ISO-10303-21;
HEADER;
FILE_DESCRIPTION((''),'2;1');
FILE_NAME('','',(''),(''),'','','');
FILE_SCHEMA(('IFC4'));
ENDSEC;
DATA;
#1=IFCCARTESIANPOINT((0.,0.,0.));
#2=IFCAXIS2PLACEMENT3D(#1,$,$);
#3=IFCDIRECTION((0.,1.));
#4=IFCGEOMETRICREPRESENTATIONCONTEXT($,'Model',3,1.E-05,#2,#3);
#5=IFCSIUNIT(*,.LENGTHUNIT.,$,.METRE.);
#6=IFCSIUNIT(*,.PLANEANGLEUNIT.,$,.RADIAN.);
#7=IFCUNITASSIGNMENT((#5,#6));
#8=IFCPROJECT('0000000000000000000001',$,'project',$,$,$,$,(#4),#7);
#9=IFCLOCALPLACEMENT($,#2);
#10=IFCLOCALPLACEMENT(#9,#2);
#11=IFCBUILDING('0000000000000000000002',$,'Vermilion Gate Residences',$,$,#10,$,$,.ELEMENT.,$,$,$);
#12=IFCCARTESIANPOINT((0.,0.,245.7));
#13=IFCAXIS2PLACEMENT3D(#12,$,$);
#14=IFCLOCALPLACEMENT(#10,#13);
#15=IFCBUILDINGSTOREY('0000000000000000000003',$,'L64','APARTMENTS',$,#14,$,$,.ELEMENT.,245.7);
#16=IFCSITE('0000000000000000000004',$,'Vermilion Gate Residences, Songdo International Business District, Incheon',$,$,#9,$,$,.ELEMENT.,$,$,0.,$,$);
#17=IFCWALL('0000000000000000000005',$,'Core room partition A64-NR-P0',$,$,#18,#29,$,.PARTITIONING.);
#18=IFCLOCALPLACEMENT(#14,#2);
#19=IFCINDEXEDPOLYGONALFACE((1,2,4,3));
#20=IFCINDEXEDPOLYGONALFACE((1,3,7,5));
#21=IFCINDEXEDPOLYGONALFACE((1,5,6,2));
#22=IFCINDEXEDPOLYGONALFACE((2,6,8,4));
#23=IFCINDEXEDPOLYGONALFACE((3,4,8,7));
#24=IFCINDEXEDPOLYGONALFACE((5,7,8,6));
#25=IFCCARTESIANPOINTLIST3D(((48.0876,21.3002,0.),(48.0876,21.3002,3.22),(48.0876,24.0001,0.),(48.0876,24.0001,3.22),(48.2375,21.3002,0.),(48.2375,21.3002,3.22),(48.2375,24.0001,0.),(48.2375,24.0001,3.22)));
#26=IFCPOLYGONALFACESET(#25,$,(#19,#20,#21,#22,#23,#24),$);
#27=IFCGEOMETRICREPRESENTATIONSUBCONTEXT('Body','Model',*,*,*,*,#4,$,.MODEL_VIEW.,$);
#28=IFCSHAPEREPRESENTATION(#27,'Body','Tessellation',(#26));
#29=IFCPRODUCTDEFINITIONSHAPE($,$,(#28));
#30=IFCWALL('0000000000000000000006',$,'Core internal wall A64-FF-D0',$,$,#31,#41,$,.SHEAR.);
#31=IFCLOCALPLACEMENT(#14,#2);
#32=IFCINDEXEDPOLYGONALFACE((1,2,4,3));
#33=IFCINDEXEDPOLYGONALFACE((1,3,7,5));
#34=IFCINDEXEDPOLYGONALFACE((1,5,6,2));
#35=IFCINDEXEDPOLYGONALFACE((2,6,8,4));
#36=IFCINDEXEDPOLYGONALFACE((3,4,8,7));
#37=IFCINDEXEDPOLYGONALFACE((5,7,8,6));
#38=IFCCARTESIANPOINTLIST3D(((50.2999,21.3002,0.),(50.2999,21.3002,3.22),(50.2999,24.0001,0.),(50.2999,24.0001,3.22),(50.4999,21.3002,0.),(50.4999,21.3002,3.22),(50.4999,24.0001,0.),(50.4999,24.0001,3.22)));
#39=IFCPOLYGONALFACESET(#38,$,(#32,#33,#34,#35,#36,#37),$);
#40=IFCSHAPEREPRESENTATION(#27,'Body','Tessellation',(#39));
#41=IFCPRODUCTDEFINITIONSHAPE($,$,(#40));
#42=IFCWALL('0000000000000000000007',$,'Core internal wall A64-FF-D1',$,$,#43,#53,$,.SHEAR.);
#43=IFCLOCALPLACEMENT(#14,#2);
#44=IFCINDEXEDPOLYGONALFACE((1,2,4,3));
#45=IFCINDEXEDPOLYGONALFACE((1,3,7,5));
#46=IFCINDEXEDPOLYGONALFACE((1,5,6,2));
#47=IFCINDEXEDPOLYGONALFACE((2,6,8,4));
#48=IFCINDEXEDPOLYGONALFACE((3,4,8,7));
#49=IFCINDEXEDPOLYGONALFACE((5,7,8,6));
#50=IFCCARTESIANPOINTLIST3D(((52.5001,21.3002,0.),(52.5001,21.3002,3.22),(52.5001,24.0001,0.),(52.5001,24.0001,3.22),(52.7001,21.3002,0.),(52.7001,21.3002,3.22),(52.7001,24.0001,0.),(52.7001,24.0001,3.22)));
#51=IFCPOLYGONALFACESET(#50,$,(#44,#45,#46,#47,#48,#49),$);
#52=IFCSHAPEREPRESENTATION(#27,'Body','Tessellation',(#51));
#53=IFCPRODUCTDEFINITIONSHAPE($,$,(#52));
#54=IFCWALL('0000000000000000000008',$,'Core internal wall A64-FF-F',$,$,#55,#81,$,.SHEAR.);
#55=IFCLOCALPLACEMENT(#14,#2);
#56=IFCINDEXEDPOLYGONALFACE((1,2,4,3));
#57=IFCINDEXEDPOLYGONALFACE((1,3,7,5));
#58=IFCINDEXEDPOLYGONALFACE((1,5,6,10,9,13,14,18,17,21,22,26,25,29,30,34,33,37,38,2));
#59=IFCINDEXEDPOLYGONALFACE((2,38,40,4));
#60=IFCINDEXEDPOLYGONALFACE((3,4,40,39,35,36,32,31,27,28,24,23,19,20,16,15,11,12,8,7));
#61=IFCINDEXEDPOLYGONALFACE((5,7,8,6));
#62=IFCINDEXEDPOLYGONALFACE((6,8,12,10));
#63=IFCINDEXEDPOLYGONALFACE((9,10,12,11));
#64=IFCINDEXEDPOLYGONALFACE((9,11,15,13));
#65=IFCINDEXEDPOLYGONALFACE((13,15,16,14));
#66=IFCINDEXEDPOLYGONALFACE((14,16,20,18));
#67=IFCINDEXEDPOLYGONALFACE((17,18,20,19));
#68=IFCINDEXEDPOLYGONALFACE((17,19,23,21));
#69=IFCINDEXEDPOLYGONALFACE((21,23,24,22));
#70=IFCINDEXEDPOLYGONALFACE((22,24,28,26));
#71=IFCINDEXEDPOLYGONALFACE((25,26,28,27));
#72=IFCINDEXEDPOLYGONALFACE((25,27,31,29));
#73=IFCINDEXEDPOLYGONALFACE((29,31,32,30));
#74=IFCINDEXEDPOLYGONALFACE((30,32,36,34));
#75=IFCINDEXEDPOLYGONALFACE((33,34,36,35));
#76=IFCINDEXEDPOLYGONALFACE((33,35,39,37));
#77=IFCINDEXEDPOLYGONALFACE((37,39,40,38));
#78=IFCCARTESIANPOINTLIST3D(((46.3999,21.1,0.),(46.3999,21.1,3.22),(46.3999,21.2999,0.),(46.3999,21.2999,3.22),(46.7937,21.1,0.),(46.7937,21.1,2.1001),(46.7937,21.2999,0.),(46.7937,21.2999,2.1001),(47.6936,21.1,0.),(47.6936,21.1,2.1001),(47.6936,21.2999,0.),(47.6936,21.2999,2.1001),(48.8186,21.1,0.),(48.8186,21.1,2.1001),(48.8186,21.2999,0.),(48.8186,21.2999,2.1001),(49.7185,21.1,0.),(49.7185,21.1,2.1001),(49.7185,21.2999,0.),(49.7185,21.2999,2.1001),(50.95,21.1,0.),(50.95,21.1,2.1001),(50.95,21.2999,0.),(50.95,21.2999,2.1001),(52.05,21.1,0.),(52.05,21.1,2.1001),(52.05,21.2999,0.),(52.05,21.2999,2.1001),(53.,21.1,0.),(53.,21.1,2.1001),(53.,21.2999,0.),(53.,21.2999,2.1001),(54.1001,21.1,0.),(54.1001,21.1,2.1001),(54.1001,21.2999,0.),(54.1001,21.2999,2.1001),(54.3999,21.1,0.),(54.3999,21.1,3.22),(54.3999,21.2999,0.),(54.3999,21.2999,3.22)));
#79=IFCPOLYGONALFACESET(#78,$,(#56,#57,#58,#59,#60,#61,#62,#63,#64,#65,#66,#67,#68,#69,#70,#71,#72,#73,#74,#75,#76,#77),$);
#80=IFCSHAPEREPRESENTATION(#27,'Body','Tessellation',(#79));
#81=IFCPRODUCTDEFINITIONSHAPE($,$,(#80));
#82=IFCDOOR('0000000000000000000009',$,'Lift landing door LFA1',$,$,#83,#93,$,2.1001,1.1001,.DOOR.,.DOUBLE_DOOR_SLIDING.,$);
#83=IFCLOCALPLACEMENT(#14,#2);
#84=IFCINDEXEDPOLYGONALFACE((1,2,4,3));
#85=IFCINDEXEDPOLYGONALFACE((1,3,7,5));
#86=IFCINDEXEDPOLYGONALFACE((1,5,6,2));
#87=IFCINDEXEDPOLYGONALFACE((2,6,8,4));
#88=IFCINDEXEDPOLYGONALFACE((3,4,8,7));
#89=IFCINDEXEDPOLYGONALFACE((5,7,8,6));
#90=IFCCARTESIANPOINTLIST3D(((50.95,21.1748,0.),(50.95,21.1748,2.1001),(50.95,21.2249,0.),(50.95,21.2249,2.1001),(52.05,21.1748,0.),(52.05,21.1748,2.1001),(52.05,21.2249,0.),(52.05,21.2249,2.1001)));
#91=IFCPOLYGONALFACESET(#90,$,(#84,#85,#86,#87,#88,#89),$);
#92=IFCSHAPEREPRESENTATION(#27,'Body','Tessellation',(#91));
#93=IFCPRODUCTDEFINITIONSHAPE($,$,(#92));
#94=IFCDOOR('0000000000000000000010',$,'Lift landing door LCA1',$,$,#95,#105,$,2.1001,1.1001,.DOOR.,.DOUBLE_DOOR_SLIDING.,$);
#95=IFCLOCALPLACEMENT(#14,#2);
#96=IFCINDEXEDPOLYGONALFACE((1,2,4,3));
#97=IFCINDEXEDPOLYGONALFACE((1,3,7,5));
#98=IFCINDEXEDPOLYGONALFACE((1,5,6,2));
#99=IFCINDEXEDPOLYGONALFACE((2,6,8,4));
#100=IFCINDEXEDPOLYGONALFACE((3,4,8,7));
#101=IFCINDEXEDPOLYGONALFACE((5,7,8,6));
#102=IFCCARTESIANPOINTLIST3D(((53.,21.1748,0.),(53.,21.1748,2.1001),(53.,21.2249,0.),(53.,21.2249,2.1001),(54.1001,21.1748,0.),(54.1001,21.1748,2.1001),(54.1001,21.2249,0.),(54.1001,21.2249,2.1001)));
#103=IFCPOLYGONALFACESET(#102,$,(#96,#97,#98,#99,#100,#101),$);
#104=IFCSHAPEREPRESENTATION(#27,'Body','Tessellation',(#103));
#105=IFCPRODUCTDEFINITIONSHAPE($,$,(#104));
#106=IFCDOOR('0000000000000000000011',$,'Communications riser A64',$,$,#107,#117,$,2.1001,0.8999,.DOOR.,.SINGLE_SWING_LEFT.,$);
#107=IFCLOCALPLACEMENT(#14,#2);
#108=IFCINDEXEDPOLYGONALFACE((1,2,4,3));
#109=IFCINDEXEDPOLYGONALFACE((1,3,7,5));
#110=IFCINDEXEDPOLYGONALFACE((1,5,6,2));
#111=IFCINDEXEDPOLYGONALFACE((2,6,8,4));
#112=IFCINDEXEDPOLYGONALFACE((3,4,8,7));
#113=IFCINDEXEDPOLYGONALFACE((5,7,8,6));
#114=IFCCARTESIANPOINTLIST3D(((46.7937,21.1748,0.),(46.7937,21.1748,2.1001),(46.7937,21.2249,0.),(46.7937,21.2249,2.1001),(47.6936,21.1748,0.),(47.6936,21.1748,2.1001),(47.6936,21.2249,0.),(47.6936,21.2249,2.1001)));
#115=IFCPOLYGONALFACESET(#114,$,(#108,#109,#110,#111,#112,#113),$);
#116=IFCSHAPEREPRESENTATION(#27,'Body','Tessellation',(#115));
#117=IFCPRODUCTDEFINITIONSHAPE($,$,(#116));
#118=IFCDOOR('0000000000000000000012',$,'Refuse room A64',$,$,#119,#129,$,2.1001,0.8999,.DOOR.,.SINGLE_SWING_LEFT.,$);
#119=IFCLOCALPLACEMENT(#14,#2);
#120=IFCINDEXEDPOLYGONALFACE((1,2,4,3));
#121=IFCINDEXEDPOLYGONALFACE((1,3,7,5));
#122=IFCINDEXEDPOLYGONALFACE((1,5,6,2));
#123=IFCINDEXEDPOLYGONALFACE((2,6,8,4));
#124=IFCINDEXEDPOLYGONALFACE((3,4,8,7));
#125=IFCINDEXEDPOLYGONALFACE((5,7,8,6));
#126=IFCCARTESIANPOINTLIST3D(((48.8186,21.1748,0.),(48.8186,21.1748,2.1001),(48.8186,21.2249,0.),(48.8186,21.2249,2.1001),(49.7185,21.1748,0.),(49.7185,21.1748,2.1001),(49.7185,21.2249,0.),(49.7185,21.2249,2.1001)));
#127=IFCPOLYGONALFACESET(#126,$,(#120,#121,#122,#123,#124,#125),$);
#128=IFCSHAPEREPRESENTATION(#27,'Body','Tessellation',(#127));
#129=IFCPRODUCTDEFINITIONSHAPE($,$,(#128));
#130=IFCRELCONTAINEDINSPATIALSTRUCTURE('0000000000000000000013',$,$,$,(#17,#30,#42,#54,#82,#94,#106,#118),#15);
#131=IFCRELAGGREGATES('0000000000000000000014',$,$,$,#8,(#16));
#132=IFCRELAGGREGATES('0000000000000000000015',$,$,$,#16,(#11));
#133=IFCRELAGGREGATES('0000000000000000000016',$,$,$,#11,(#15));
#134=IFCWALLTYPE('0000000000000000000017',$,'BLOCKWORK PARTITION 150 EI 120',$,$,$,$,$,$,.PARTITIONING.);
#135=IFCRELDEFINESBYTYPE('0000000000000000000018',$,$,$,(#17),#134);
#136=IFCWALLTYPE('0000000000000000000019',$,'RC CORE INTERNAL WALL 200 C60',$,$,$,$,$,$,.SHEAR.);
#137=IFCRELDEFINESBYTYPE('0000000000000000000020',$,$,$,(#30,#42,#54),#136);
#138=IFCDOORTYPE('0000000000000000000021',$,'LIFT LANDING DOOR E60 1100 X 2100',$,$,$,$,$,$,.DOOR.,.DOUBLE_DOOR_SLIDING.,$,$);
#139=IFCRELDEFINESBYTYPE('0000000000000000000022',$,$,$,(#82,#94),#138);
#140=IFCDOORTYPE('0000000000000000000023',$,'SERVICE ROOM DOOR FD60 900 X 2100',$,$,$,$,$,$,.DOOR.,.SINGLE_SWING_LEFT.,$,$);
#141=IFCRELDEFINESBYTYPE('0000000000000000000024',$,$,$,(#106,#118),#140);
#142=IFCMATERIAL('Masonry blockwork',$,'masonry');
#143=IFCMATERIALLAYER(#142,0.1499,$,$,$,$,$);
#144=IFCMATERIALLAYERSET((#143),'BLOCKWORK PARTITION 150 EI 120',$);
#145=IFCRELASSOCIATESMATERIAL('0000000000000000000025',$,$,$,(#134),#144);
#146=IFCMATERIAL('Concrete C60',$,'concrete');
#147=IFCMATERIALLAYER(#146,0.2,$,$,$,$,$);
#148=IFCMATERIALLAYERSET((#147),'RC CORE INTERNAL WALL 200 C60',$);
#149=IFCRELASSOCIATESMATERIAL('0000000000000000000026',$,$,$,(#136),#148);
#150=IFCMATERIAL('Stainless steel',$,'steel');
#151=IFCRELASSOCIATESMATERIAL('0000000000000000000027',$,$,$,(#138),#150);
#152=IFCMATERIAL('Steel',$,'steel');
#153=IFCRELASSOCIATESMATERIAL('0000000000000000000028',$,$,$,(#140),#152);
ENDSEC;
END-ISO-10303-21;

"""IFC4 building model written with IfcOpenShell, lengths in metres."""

from ifc_helpers import new_model, si_unit, direction, frame, frame_2d, origin, place, context, subcontext, project, spatial, rectangle, extrude, material, layer, layer_set, type_object, element, fill, save


model = new_model("IFC4")

# Units and contexts
model_context = context("Model", 3, precision=1e-05, world=origin(), true_north=direction((0.0, 1.0)))
body_context = subcontext(model_context, "Body", "Model", "MODEL_VIEW")
ifc_project = project(units=[si_unit("LENGTHUNIT", "METRE"), si_unit("PLANEANGLEUNIT", "RADIAN")], contexts=[model_context])

# Site, building, storey
site_placement = place(None, origin())
site = spatial("IfcSite", under=ifc_project, at=site_placement, Name="Vermilion Gate Residences, Songdo International Business District, Incheon", CompositionType="ELEMENT", RefElevation=0.0)
building_placement = place(site_placement, origin())
building = spatial("IfcBuilding", under=site, at=building_placement, Name="Vermilion Gate Residences", CompositionType="ELEMENT")
storey_placement = place(building_placement, frame((0.0, 0.0, 245.7)))
storey = spatial("IfcBuildingStorey", under=building, at=storey_placement, Name="L64", Description="APARTMENTS", CompositionType="ELEMENT", Elevation=245.7)

# Walls
ifc_material_1 = material(Name="Masonry blockwork", Category="masonry")
ifc_layer_1 = layer(ifc_material_1, 0.1499)
ifc_layer_set_1 = layer_set([ifc_layer_1], Name="BLOCKWORK PARTITION 150 EI 120")
wall_type_1 = type_object("IfcWallType", Name="BLOCKWORK PARTITION 150 EI 120", PredefinedType="PARTITIONING", material=ifc_layer_set_1)
wall_1_placement = place(storey_placement, frame((48.1626, 21.3, 0.0), z_axis=(0.0, 0.0, 1.0), x_axis=(0.0, 1.0, 0.0)))
element("IfcWall", 1, at=wall_1_placement, inside=storey, type_object=wall_type_1, Name="Core room partition A64-NR-P0", PredefinedType="PARTITIONING", context=body_context, shape_type="SweptSolid", body=[
    extrude(rectangle(XDim=2.7, YDim=0.1499, at=frame_2d((1.3501, 0.0))), origin(), (0.0, 0.0, 1.0), 3.22),
])
ifc_material_2 = material(Name="Concrete C60", Category="concrete")
ifc_layer_2 = layer(ifc_material_2, 0.2)
ifc_layer_set_2 = layer_set([ifc_layer_2], Name="RC CORE INTERNAL WALL 200 C60")
wall_type_2 = type_object("IfcWallType", Name="RC CORE INTERNAL WALL 200 C60", PredefinedType="SHEAR", material=ifc_layer_set_2)
for number, where, z_axis, x_axis, name in (
    (2, (50.3999, 21.3, 0.0), (0.0, 0.0, 1.0), (0.0, 1.0, 0.0), "Core internal wall A64-FF-D0"),
    (3, (52.6001, 21.3, 0.0), (0.0, 0.0, 1.0), (0.0, 1.0, 0.0), "Core internal wall A64-FF-D1"),
):
    element("IfcWall", number, at=place(storey_placement, frame(where, z_axis=z_axis, x_axis=x_axis)), inside=storey, type_object=wall_type_2, Name=name, PredefinedType="SHEAR", context=body_context, shape_type="SweptSolid", body=[
        extrude(rectangle(XDim=2.7, YDim=0.2, at=frame_2d((1.3501, 0.0))), origin(), (0.0, 0.0, 1.0), 3.22),
    ])

# Wall, openings, doors
wall_2_placement = place(storey_placement, frame((46.3999, 21.2, 0.0), z_axis=(0.0, 0.0, 1.0), x_axis=(1.0, 0.0, 0.0)))
wall_2 = element("IfcWall", 4, at=wall_2_placement, inside=storey, type_object=wall_type_2, Name="Core internal wall A64-FF-F", PredefinedType="SHEAR", context=body_context, shape_type="SweptSolid", body=[
    extrude(rectangle(XDim=8.0, YDim=0.2, at=frame_2d((4.0, 0.0))), origin(), (0.0, 0.0, 1.0), 3.22),
])
opening_1_placement = place(wall_2_placement, frame((0.3938, 0.0, 0.0)))
opening_1 = element("IfcOpeningElement", 5, at=opening_1_placement, cuts=wall_2, PredefinedType="OPENING", context=body_context, shape_type="SweptSolid", body=[
    extrude(rectangle(XDim=0.8999, YDim=2.1001, at=frame_2d((0.45, 1.05))), frame((0.0, 0.1099, 0.0), z_axis=(0.0, -1.0, 0.0), x_axis=(1.0, 0.0, 0.0)), (0.0, 0.0, 1.0), 0.22),
])
opening_2_placement = place(wall_2_placement, frame((2.4187, 0.0, 0.0)))
opening_2 = element("IfcOpeningElement", 6, at=opening_2_placement, cuts=wall_2, PredefinedType="OPENING", context=body_context, shape_type="SweptSolid", body=[
    extrude(rectangle(XDim=0.8999, YDim=2.1001, at=frame_2d((0.45, 1.05))), frame((0.0, 0.1099, 0.0), z_axis=(0.0, -1.0, 0.0), x_axis=(1.0, 0.0, 0.0)), (0.0, 0.0, 1.0), 0.22),
])
opening_3_placement = place(wall_2_placement, frame((4.55, 0.0, 0.0)))
opening_3 = element("IfcOpeningElement", 7, at=opening_3_placement, cuts=wall_2, PredefinedType="OPENING", context=body_context, shape_type="SweptSolid", body=[
    extrude(rectangle(XDim=1.1001, YDim=2.1001, at=frame_2d((0.55, 1.05))), frame((0.0, 0.1099, 0.0), z_axis=(0.0, -1.0, 0.0), x_axis=(1.0, 0.0, 0.0)), (0.0, 0.0, 1.0), 0.22),
])
opening_4_placement = place(wall_2_placement, frame((6.6001, 0.0, 0.0)))
opening_4 = element("IfcOpeningElement", 8, at=opening_4_placement, cuts=wall_2, PredefinedType="OPENING", context=body_context, shape_type="SweptSolid", body=[
    extrude(rectangle(XDim=1.1001, YDim=2.1001, at=frame_2d((0.55, 1.05))), frame((0.0, 0.1099, 0.0), z_axis=(0.0, -1.0, 0.0), x_axis=(1.0, 0.0, 0.0)), (0.0, 0.0, 1.0), 0.22),
])
ifc_material_3 = material(Name="Stainless steel", Category="steel")
door_type_1 = type_object("IfcDoorType", Name="LIFT LANDING DOOR E60 1100 X 2100", OperationType="DOUBLE_DOOR_SLIDING", PredefinedType="DOOR", material=ifc_material_3)
door_1_placement = place(opening_3_placement, origin())
door_1 = element("IfcDoor", 9, at=door_1_placement, inside=storey, type_object=door_type_1, Name="Lift landing door LFA1", OperationType="DOUBLE_DOOR_SLIDING", OverallHeight=2.1001, OverallWidth=1.1001, PredefinedType="DOOR", context=body_context, shape_type="SweptSolid", body=[
    extrude(rectangle(XDim=1.1001, YDim=2.1001, at=frame_2d((0.55, 1.05))), frame((0.0, 0.0249, 0.0), z_axis=(0.0, -1.0, 0.0), x_axis=(1.0, 0.0, 0.0)), (0.0, 0.0, 1.0), 0.05),
])
fill(opening_3, door_1)
door_2_placement = place(opening_4_placement, origin())
door_2 = element("IfcDoor", 10, at=door_2_placement, inside=storey, type_object=door_type_1, Name="Lift landing door LCA1", OperationType="DOUBLE_DOOR_SLIDING", OverallHeight=2.1001, OverallWidth=1.1001, PredefinedType="DOOR", context=body_context, shape_type="SweptSolid", body=[
    extrude(rectangle(XDim=1.1001, YDim=2.1001, at=frame_2d((0.55, 1.05))), frame((0.0, 0.0249, 0.0), z_axis=(0.0, -1.0, 0.0), x_axis=(1.0, 0.0, 0.0)), (0.0, 0.0, 1.0), 0.05),
])
fill(opening_4, door_2)
ifc_material_4 = material(Name="Steel", Category="steel")
door_type_2 = type_object("IfcDoorType", Name="SERVICE ROOM DOOR FD60 900 X 2100", OperationType="SINGLE_SWING_LEFT", PredefinedType="DOOR", material=ifc_material_4)
door_3_placement = place(opening_1_placement, origin())
door_3 = element("IfcDoor", 11, at=door_3_placement, inside=storey, type_object=door_type_2, Name="Communications riser A64", OperationType="SINGLE_SWING_LEFT", OverallHeight=2.1001, OverallWidth=0.8999, PredefinedType="DOOR", context=body_context, shape_type="SweptSolid", body=[
    extrude(rectangle(XDim=0.8999, YDim=2.1001, at=frame_2d((0.45, 1.05))), frame((0.0, 0.0249, 0.0), z_axis=(0.0, -1.0, 0.0), x_axis=(1.0, 0.0, 0.0)), (0.0, 0.0, 1.0), 0.05),
])
fill(opening_1, door_3)
door_4_placement = place(opening_2_placement, origin())
door_4 = element("IfcDoor", 12, at=door_4_placement, inside=storey, type_object=door_type_2, Name="Refuse room A64", OperationType="SINGLE_SWING_LEFT", OverallHeight=2.1001, OverallWidth=0.8999, PredefinedType="DOOR", context=body_context, shape_type="SweptSolid", body=[
    extrude(rectangle(XDim=0.8999, YDim=2.1001, at=frame_2d((0.45, 1.05))), frame((0.0, 0.0249, 0.0), z_axis=(0.0, -1.0, 0.0), x_axis=(1.0, 0.0, 0.0)), (0.0, 0.0, 1.0), 0.05),
])
fill(opening_2, door_4)

save(model, "model.ifc")
